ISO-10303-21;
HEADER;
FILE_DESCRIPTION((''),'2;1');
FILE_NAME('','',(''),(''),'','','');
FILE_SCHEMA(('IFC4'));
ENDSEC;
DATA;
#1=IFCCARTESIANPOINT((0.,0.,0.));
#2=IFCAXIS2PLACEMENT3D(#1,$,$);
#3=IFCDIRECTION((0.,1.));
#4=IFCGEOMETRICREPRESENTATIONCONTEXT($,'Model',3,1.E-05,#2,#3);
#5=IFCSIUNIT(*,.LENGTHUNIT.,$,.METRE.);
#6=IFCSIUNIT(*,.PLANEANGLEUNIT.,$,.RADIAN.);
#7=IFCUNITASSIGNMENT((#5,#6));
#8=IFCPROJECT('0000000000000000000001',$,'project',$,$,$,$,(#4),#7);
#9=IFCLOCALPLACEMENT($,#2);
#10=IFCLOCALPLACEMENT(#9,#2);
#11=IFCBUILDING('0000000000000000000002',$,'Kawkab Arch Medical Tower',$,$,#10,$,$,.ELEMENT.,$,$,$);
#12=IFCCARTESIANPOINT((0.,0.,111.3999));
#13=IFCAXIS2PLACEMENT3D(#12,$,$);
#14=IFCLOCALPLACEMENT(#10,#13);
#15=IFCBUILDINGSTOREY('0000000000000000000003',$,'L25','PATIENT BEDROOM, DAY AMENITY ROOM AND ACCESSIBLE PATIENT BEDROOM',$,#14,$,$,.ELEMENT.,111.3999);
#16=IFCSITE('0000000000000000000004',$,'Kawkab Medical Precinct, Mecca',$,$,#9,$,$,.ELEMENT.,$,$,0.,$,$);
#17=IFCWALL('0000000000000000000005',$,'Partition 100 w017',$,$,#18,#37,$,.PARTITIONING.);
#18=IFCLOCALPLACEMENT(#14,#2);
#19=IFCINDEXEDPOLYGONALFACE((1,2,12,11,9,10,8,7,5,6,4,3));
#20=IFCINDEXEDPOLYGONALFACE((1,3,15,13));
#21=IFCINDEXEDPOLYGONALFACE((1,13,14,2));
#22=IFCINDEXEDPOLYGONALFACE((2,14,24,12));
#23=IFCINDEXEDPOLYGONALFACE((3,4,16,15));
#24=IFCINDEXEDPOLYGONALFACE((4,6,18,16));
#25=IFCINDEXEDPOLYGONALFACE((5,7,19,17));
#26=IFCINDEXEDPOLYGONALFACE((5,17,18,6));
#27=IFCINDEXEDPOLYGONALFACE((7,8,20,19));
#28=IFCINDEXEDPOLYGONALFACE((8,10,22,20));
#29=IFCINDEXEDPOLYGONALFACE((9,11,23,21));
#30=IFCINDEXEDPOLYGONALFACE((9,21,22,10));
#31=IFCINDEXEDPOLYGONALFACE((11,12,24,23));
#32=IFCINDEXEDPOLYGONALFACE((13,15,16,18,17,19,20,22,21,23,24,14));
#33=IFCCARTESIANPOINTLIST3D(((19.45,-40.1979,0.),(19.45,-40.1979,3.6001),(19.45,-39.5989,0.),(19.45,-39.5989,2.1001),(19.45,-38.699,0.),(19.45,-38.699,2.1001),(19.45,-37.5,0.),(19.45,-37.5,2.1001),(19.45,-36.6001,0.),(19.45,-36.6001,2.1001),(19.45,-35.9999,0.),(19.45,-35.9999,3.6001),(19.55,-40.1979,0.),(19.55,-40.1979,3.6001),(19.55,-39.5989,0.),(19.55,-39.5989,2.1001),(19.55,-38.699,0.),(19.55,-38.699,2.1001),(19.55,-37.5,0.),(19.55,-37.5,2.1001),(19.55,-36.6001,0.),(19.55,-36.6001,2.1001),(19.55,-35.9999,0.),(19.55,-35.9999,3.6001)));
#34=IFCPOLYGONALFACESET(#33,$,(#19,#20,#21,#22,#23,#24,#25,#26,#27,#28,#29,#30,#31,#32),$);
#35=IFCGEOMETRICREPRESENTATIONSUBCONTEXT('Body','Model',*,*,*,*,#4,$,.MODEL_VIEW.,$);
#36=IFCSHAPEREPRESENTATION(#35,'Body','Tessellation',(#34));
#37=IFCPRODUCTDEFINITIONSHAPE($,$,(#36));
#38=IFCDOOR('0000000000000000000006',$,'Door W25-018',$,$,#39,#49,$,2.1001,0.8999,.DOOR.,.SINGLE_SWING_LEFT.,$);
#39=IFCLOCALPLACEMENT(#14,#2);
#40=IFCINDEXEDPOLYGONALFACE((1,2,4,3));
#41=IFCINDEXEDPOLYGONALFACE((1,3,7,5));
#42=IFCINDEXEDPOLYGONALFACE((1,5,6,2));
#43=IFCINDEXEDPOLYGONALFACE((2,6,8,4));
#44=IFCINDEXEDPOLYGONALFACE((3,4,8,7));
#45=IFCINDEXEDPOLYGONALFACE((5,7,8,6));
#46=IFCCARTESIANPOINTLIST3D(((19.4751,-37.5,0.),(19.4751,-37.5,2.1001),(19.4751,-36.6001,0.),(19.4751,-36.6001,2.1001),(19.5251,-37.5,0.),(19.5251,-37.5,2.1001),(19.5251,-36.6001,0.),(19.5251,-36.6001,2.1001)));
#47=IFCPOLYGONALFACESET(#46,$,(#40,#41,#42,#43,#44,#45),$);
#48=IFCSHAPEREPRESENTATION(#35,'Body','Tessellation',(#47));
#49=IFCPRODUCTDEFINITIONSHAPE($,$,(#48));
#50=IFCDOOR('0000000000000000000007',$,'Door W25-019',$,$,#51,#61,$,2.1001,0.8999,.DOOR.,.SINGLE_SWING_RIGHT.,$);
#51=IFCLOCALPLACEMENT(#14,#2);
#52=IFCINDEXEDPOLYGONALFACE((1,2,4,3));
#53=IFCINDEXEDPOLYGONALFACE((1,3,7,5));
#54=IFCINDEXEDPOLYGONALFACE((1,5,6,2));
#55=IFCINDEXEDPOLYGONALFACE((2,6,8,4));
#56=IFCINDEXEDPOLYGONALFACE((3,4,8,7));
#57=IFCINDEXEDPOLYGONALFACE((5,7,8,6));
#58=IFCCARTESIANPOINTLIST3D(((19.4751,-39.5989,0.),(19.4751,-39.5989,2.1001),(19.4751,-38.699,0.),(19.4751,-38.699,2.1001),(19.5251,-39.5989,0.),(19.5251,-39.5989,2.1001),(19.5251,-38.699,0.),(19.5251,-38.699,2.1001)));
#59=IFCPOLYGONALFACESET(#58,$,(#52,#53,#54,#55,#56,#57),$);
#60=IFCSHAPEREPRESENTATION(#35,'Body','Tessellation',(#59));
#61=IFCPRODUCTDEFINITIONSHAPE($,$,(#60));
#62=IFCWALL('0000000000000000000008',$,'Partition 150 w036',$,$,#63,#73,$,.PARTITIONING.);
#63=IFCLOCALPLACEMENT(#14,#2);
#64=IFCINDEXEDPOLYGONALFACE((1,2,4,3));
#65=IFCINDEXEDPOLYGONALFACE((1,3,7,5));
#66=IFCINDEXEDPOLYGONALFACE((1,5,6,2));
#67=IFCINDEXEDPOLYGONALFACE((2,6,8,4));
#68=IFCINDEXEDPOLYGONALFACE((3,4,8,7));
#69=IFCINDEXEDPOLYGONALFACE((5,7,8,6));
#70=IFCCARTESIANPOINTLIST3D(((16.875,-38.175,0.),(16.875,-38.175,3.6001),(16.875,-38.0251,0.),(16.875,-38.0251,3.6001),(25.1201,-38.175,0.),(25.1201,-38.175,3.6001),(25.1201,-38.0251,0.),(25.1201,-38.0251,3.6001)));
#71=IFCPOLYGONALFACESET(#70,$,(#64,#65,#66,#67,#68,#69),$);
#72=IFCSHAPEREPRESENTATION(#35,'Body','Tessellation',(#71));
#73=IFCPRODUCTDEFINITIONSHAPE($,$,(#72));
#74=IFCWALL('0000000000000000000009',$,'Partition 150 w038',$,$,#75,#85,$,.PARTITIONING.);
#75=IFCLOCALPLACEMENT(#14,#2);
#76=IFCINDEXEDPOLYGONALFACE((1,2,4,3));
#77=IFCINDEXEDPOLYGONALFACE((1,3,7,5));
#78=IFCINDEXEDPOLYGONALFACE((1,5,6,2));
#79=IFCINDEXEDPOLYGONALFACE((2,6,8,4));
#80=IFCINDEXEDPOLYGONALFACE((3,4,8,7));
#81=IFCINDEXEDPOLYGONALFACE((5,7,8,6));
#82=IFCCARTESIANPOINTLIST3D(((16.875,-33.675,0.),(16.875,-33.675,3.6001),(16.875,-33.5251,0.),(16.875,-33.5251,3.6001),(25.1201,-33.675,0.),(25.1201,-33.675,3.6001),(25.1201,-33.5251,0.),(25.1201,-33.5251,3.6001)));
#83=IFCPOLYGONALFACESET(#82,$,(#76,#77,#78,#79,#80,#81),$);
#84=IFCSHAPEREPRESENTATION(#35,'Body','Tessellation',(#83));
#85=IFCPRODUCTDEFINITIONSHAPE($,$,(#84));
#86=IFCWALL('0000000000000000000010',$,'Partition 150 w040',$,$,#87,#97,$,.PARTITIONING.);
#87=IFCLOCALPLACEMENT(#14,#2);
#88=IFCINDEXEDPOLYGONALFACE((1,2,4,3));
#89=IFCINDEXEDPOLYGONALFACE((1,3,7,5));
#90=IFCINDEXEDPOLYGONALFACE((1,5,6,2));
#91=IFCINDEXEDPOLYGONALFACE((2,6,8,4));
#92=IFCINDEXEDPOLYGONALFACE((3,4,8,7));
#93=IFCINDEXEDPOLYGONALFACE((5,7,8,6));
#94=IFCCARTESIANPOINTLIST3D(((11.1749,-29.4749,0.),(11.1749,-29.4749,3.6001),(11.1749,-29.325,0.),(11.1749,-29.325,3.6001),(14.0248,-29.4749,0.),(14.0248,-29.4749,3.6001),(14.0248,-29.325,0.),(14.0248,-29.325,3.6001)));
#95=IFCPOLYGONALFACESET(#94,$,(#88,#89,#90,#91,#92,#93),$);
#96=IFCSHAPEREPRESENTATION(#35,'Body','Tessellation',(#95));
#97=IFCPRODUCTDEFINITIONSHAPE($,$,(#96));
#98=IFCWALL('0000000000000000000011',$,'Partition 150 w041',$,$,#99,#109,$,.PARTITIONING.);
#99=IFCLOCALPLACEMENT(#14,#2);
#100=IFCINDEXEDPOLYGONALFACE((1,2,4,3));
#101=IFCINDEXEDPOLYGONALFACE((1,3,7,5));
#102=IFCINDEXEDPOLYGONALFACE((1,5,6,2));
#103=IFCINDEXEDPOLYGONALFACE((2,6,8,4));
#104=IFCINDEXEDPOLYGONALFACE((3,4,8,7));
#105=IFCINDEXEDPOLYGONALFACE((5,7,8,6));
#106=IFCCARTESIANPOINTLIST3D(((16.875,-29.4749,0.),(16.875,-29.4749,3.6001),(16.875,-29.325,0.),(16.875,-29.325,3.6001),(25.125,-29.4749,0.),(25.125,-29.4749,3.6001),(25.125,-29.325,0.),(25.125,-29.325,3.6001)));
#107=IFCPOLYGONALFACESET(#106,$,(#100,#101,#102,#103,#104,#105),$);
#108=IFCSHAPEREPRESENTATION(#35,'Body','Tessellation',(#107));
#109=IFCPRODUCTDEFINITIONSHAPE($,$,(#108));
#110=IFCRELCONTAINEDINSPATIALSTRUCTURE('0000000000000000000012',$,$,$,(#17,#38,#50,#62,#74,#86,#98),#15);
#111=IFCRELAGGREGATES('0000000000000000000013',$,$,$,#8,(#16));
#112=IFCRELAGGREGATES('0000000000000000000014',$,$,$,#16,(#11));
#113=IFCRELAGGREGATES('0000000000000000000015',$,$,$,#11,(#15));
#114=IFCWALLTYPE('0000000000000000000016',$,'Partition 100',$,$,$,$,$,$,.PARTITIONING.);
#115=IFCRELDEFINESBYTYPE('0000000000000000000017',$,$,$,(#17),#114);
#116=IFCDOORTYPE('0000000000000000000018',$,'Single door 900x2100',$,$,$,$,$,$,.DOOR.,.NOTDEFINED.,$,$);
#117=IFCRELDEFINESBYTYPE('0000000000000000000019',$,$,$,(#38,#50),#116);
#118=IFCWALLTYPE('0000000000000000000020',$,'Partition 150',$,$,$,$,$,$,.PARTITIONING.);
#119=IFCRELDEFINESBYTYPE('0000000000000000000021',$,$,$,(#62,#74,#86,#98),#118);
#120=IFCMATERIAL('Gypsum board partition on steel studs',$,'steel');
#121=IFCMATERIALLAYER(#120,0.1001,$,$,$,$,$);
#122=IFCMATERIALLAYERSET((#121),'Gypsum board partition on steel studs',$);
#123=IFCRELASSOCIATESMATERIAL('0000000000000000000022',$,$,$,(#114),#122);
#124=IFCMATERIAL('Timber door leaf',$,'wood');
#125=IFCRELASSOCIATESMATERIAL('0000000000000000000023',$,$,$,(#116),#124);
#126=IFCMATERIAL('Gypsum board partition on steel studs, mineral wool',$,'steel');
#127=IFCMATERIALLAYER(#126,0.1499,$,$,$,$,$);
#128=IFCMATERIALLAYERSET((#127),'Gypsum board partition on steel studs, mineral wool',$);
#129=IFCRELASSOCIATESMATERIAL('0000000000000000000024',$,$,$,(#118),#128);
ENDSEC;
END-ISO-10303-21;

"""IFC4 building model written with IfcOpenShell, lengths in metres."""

from ifc_helpers import new_model, si_unit, direction, frame, frame_2d, origin, place, context, subcontext, project, spatial, rectangle, extrude, material, layer, layer_set, type_object, element, fill, save


model = new_model("IFC4")

# Units and contexts
model_context = context("Model", 3, precision=1e-05, world=origin(), true_north=direction((0.0, 1.0)))
body_context = subcontext(model_context, "Body", "Model", "MODEL_VIEW")
ifc_project = project(units=[si_unit("LENGTHUNIT", "METRE"), si_unit("PLANEANGLEUNIT", "RADIAN")], contexts=[model_context])

# Site, building, storey
site_placement = place(None, origin())
site = spatial("IfcSite", under=ifc_project, at=site_placement, Name="Kawkab Medical Precinct, Mecca", CompositionType="ELEMENT", RefElevation=0.0)
building_placement = place(site_placement, origin())
building = spatial("IfcBuilding", under=site, at=building_placement, Name="Kawkab Arch Medical Tower", CompositionType="ELEMENT")
storey_placement = place(building_placement, frame((0.0, 0.0, 111.3999)))
storey = spatial("IfcBuildingStorey", under=building, at=storey_placement, Name="L25", Description="PATIENT BEDROOM, DAY AMENITY ROOM AND ACCESSIBLE PATIENT BEDROOM", CompositionType="ELEMENT", Elevation=111.3999)

# Shared definitions
ifc_material_1 = material(Name="Gypsum board partition on steel studs", Category="steel")
ifc_layer_1 = layer(ifc_material_1, 0.1001)
ifc_layer_set_1 = layer_set([ifc_layer_1], Name="Gypsum board partition on steel studs")
wall_type_1 = type_object("IfcWallType", Name="Partition 100", PredefinedType="PARTITIONING", material=ifc_layer_set_1)

# Wall, openings, doors
wall_1_placement = place(storey_placement, frame((19.5, -40.198, 0.0), z_axis=(0.0, 0.0, 1.0), x_axis=(0.0, 1.0, 0.0)))
wall_1 = element("IfcWall", 1, at=wall_1_placement, inside=storey, type_object=wall_type_1, Name="Partition 100 w017", PredefinedType="PARTITIONING", context=body_context, shape_type="SweptSolid", body=[
    extrude(rectangle(XDim=4.198, YDim=0.1001, at=frame_2d((2.0991, 0.0))), origin(), (0.0, 0.0, 1.0), 3.6001),
])
opening_1_placement = place(wall_1_placement, frame((2.698, 0.0, 0.0)))
opening_1 = element("IfcOpeningElement", 2, at=opening_1_placement, cuts=wall_1, PredefinedType="OPENING", context=body_context, shape_type="SweptSolid", body=[
    extrude(rectangle(XDim=0.8999, YDim=2.1001, at=frame_2d((0.45, 1.05))), frame((0.0, 0.0601, 0.0), z_axis=(0.0, -1.0, 0.0), x_axis=(1.0, 0.0, 0.0)), (0.0, 0.0, 1.0), 0.1201),
])
opening_2_placement = place(wall_1_placement, frame((0.5991, 0.0, 0.0)))
opening_2 = element("IfcOpeningElement", 3, at=opening_2_placement, cuts=wall_1, PredefinedType="OPENING", context=body_context, shape_type="SweptSolid", body=[
    extrude(rectangle(XDim=0.8999, YDim=2.1001, at=frame_2d((0.45, 1.05))), frame((0.0, 0.0601, 0.0), z_axis=(0.0, -1.0, 0.0), x_axis=(1.0, 0.0, 0.0)), (0.0, 0.0, 1.0), 0.1201),
])
ifc_material_2 = material(Name="Timber door leaf", Category="wood")
door_type_1 = type_object("IfcDoorType", Name="Single door 900x2100", OperationType="NOTDEFINED", PredefinedType="DOOR", material=ifc_material_2)
door_1_placement = place(opening_1_placement, origin())
door_1 = element("IfcDoor", 4, at=door_1_placement, inside=storey, type_object=door_type_1, Name="Door W25-018", OperationType="SINGLE_SWING_LEFT", OverallHeight=2.1001, OverallWidth=0.8999, PredefinedType="DOOR", context=body_context, shape_type="SweptSolid", body=[
    extrude(rectangle(XDim=0.8999, YDim=2.1001, at=frame_2d((0.45, 1.05))), frame((0.0, 0.0249, 0.0), z_axis=(0.0, -1.0, 0.0), x_axis=(1.0, 0.0, 0.0)), (0.0, 0.0, 1.0), 0.05),
])
fill(opening_1, door_1)
door_2_placement = place(opening_2_placement, origin())
door_2 = element("IfcDoor", 5, at=door_2_placement, inside=storey, type_object=door_type_1, Name="Door W25-019", OperationType="SINGLE_SWING_RIGHT", OverallHeight=2.1001, OverallWidth=0.8999, PredefinedType="DOOR", context=body_context, shape_type="SweptSolid", body=[
    extrude(rectangle(XDim=0.8999, YDim=2.1001, at=frame_2d((0.45, 1.05))), frame((0.0, 0.0249, 0.0), z_axis=(0.0, -1.0, 0.0), x_axis=(1.0, 0.0, 0.0)), (0.0, 0.0, 1.0), 0.05),
])
fill(opening_2, door_2)

# Walls
ifc_material_3 = material(Name="Gypsum board partition on steel studs, mineral wool", Category="steel")
ifc_layer_2 = layer(ifc_material_3, 0.1499)
ifc_layer_set_2 = layer_set([ifc_layer_2], Name="Gypsum board partition on steel studs, mineral wool")
wall_type_2 = type_object("IfcWallType", Name="Partition 150", PredefinedType="PARTITIONING", material=ifc_layer_set_2)
for number, where, z_axis, x_axis, name in (
    (6, (16.875, -38.1001, 0.0), (0.0, 0.0, 1.0), (1.0, 0.0, 0.0), "Partition 150 w036"),
    (7, (16.875, -33.6001, 0.0), (0.0, 0.0, 1.0), (1.0, 0.0, 0.0), "Partition 150 w038"),
):
    element("IfcWall", number, at=place(storey_placement, frame(where, z_axis=z_axis, x_axis=x_axis)), inside=storey, type_object=wall_type_2, Name=name, PredefinedType="PARTITIONING", context=body_context, shape_type="SweptSolid", body=[
        extrude(rectangle(XDim=8.2451, YDim=0.1499, at=frame_2d((4.1226, 0.0))), origin(), (0.0, 0.0, 1.0), 3.6001),
    ])
wall_2_placement = place(storey_placement, frame((11.175, -29.3999, 0.0), z_axis=(0.0, 0.0, 1.0), x_axis=(1.0, 0.0, 0.0)))
element("IfcWall", 8, at=wall_2_placement, inside=storey, type_object=wall_type_2, Name="Partition 150 w040", PredefinedType="PARTITIONING", context=body_context, shape_type="SweptSolid", body=[
    extrude(rectangle(XDim=2.8499, YDim=0.1499, at=frame_2d((1.4248, 0.0))), origin(), (0.0, 0.0, 1.0), 3.6001),
])
wall_3_placement = place(storey_placement, frame((16.875, -29.3999, 0.0), z_axis=(0.0, 0.0, 1.0), x_axis=(1.0, 0.0, 0.0)))
element("IfcWall", 9, at=wall_3_placement, inside=storey, type_object=wall_type_2, Name="Partition 150 w041", PredefinedType="PARTITIONING", context=body_context, shape_type="SweptSolid", body=[
    extrude(rectangle(XDim=8.25, YDim=0.1499, at=frame_2d((4.125, 0.0))), origin(), (0.0, 0.0, 1.0), 3.6001),
])

save(model, "model.ifc")
